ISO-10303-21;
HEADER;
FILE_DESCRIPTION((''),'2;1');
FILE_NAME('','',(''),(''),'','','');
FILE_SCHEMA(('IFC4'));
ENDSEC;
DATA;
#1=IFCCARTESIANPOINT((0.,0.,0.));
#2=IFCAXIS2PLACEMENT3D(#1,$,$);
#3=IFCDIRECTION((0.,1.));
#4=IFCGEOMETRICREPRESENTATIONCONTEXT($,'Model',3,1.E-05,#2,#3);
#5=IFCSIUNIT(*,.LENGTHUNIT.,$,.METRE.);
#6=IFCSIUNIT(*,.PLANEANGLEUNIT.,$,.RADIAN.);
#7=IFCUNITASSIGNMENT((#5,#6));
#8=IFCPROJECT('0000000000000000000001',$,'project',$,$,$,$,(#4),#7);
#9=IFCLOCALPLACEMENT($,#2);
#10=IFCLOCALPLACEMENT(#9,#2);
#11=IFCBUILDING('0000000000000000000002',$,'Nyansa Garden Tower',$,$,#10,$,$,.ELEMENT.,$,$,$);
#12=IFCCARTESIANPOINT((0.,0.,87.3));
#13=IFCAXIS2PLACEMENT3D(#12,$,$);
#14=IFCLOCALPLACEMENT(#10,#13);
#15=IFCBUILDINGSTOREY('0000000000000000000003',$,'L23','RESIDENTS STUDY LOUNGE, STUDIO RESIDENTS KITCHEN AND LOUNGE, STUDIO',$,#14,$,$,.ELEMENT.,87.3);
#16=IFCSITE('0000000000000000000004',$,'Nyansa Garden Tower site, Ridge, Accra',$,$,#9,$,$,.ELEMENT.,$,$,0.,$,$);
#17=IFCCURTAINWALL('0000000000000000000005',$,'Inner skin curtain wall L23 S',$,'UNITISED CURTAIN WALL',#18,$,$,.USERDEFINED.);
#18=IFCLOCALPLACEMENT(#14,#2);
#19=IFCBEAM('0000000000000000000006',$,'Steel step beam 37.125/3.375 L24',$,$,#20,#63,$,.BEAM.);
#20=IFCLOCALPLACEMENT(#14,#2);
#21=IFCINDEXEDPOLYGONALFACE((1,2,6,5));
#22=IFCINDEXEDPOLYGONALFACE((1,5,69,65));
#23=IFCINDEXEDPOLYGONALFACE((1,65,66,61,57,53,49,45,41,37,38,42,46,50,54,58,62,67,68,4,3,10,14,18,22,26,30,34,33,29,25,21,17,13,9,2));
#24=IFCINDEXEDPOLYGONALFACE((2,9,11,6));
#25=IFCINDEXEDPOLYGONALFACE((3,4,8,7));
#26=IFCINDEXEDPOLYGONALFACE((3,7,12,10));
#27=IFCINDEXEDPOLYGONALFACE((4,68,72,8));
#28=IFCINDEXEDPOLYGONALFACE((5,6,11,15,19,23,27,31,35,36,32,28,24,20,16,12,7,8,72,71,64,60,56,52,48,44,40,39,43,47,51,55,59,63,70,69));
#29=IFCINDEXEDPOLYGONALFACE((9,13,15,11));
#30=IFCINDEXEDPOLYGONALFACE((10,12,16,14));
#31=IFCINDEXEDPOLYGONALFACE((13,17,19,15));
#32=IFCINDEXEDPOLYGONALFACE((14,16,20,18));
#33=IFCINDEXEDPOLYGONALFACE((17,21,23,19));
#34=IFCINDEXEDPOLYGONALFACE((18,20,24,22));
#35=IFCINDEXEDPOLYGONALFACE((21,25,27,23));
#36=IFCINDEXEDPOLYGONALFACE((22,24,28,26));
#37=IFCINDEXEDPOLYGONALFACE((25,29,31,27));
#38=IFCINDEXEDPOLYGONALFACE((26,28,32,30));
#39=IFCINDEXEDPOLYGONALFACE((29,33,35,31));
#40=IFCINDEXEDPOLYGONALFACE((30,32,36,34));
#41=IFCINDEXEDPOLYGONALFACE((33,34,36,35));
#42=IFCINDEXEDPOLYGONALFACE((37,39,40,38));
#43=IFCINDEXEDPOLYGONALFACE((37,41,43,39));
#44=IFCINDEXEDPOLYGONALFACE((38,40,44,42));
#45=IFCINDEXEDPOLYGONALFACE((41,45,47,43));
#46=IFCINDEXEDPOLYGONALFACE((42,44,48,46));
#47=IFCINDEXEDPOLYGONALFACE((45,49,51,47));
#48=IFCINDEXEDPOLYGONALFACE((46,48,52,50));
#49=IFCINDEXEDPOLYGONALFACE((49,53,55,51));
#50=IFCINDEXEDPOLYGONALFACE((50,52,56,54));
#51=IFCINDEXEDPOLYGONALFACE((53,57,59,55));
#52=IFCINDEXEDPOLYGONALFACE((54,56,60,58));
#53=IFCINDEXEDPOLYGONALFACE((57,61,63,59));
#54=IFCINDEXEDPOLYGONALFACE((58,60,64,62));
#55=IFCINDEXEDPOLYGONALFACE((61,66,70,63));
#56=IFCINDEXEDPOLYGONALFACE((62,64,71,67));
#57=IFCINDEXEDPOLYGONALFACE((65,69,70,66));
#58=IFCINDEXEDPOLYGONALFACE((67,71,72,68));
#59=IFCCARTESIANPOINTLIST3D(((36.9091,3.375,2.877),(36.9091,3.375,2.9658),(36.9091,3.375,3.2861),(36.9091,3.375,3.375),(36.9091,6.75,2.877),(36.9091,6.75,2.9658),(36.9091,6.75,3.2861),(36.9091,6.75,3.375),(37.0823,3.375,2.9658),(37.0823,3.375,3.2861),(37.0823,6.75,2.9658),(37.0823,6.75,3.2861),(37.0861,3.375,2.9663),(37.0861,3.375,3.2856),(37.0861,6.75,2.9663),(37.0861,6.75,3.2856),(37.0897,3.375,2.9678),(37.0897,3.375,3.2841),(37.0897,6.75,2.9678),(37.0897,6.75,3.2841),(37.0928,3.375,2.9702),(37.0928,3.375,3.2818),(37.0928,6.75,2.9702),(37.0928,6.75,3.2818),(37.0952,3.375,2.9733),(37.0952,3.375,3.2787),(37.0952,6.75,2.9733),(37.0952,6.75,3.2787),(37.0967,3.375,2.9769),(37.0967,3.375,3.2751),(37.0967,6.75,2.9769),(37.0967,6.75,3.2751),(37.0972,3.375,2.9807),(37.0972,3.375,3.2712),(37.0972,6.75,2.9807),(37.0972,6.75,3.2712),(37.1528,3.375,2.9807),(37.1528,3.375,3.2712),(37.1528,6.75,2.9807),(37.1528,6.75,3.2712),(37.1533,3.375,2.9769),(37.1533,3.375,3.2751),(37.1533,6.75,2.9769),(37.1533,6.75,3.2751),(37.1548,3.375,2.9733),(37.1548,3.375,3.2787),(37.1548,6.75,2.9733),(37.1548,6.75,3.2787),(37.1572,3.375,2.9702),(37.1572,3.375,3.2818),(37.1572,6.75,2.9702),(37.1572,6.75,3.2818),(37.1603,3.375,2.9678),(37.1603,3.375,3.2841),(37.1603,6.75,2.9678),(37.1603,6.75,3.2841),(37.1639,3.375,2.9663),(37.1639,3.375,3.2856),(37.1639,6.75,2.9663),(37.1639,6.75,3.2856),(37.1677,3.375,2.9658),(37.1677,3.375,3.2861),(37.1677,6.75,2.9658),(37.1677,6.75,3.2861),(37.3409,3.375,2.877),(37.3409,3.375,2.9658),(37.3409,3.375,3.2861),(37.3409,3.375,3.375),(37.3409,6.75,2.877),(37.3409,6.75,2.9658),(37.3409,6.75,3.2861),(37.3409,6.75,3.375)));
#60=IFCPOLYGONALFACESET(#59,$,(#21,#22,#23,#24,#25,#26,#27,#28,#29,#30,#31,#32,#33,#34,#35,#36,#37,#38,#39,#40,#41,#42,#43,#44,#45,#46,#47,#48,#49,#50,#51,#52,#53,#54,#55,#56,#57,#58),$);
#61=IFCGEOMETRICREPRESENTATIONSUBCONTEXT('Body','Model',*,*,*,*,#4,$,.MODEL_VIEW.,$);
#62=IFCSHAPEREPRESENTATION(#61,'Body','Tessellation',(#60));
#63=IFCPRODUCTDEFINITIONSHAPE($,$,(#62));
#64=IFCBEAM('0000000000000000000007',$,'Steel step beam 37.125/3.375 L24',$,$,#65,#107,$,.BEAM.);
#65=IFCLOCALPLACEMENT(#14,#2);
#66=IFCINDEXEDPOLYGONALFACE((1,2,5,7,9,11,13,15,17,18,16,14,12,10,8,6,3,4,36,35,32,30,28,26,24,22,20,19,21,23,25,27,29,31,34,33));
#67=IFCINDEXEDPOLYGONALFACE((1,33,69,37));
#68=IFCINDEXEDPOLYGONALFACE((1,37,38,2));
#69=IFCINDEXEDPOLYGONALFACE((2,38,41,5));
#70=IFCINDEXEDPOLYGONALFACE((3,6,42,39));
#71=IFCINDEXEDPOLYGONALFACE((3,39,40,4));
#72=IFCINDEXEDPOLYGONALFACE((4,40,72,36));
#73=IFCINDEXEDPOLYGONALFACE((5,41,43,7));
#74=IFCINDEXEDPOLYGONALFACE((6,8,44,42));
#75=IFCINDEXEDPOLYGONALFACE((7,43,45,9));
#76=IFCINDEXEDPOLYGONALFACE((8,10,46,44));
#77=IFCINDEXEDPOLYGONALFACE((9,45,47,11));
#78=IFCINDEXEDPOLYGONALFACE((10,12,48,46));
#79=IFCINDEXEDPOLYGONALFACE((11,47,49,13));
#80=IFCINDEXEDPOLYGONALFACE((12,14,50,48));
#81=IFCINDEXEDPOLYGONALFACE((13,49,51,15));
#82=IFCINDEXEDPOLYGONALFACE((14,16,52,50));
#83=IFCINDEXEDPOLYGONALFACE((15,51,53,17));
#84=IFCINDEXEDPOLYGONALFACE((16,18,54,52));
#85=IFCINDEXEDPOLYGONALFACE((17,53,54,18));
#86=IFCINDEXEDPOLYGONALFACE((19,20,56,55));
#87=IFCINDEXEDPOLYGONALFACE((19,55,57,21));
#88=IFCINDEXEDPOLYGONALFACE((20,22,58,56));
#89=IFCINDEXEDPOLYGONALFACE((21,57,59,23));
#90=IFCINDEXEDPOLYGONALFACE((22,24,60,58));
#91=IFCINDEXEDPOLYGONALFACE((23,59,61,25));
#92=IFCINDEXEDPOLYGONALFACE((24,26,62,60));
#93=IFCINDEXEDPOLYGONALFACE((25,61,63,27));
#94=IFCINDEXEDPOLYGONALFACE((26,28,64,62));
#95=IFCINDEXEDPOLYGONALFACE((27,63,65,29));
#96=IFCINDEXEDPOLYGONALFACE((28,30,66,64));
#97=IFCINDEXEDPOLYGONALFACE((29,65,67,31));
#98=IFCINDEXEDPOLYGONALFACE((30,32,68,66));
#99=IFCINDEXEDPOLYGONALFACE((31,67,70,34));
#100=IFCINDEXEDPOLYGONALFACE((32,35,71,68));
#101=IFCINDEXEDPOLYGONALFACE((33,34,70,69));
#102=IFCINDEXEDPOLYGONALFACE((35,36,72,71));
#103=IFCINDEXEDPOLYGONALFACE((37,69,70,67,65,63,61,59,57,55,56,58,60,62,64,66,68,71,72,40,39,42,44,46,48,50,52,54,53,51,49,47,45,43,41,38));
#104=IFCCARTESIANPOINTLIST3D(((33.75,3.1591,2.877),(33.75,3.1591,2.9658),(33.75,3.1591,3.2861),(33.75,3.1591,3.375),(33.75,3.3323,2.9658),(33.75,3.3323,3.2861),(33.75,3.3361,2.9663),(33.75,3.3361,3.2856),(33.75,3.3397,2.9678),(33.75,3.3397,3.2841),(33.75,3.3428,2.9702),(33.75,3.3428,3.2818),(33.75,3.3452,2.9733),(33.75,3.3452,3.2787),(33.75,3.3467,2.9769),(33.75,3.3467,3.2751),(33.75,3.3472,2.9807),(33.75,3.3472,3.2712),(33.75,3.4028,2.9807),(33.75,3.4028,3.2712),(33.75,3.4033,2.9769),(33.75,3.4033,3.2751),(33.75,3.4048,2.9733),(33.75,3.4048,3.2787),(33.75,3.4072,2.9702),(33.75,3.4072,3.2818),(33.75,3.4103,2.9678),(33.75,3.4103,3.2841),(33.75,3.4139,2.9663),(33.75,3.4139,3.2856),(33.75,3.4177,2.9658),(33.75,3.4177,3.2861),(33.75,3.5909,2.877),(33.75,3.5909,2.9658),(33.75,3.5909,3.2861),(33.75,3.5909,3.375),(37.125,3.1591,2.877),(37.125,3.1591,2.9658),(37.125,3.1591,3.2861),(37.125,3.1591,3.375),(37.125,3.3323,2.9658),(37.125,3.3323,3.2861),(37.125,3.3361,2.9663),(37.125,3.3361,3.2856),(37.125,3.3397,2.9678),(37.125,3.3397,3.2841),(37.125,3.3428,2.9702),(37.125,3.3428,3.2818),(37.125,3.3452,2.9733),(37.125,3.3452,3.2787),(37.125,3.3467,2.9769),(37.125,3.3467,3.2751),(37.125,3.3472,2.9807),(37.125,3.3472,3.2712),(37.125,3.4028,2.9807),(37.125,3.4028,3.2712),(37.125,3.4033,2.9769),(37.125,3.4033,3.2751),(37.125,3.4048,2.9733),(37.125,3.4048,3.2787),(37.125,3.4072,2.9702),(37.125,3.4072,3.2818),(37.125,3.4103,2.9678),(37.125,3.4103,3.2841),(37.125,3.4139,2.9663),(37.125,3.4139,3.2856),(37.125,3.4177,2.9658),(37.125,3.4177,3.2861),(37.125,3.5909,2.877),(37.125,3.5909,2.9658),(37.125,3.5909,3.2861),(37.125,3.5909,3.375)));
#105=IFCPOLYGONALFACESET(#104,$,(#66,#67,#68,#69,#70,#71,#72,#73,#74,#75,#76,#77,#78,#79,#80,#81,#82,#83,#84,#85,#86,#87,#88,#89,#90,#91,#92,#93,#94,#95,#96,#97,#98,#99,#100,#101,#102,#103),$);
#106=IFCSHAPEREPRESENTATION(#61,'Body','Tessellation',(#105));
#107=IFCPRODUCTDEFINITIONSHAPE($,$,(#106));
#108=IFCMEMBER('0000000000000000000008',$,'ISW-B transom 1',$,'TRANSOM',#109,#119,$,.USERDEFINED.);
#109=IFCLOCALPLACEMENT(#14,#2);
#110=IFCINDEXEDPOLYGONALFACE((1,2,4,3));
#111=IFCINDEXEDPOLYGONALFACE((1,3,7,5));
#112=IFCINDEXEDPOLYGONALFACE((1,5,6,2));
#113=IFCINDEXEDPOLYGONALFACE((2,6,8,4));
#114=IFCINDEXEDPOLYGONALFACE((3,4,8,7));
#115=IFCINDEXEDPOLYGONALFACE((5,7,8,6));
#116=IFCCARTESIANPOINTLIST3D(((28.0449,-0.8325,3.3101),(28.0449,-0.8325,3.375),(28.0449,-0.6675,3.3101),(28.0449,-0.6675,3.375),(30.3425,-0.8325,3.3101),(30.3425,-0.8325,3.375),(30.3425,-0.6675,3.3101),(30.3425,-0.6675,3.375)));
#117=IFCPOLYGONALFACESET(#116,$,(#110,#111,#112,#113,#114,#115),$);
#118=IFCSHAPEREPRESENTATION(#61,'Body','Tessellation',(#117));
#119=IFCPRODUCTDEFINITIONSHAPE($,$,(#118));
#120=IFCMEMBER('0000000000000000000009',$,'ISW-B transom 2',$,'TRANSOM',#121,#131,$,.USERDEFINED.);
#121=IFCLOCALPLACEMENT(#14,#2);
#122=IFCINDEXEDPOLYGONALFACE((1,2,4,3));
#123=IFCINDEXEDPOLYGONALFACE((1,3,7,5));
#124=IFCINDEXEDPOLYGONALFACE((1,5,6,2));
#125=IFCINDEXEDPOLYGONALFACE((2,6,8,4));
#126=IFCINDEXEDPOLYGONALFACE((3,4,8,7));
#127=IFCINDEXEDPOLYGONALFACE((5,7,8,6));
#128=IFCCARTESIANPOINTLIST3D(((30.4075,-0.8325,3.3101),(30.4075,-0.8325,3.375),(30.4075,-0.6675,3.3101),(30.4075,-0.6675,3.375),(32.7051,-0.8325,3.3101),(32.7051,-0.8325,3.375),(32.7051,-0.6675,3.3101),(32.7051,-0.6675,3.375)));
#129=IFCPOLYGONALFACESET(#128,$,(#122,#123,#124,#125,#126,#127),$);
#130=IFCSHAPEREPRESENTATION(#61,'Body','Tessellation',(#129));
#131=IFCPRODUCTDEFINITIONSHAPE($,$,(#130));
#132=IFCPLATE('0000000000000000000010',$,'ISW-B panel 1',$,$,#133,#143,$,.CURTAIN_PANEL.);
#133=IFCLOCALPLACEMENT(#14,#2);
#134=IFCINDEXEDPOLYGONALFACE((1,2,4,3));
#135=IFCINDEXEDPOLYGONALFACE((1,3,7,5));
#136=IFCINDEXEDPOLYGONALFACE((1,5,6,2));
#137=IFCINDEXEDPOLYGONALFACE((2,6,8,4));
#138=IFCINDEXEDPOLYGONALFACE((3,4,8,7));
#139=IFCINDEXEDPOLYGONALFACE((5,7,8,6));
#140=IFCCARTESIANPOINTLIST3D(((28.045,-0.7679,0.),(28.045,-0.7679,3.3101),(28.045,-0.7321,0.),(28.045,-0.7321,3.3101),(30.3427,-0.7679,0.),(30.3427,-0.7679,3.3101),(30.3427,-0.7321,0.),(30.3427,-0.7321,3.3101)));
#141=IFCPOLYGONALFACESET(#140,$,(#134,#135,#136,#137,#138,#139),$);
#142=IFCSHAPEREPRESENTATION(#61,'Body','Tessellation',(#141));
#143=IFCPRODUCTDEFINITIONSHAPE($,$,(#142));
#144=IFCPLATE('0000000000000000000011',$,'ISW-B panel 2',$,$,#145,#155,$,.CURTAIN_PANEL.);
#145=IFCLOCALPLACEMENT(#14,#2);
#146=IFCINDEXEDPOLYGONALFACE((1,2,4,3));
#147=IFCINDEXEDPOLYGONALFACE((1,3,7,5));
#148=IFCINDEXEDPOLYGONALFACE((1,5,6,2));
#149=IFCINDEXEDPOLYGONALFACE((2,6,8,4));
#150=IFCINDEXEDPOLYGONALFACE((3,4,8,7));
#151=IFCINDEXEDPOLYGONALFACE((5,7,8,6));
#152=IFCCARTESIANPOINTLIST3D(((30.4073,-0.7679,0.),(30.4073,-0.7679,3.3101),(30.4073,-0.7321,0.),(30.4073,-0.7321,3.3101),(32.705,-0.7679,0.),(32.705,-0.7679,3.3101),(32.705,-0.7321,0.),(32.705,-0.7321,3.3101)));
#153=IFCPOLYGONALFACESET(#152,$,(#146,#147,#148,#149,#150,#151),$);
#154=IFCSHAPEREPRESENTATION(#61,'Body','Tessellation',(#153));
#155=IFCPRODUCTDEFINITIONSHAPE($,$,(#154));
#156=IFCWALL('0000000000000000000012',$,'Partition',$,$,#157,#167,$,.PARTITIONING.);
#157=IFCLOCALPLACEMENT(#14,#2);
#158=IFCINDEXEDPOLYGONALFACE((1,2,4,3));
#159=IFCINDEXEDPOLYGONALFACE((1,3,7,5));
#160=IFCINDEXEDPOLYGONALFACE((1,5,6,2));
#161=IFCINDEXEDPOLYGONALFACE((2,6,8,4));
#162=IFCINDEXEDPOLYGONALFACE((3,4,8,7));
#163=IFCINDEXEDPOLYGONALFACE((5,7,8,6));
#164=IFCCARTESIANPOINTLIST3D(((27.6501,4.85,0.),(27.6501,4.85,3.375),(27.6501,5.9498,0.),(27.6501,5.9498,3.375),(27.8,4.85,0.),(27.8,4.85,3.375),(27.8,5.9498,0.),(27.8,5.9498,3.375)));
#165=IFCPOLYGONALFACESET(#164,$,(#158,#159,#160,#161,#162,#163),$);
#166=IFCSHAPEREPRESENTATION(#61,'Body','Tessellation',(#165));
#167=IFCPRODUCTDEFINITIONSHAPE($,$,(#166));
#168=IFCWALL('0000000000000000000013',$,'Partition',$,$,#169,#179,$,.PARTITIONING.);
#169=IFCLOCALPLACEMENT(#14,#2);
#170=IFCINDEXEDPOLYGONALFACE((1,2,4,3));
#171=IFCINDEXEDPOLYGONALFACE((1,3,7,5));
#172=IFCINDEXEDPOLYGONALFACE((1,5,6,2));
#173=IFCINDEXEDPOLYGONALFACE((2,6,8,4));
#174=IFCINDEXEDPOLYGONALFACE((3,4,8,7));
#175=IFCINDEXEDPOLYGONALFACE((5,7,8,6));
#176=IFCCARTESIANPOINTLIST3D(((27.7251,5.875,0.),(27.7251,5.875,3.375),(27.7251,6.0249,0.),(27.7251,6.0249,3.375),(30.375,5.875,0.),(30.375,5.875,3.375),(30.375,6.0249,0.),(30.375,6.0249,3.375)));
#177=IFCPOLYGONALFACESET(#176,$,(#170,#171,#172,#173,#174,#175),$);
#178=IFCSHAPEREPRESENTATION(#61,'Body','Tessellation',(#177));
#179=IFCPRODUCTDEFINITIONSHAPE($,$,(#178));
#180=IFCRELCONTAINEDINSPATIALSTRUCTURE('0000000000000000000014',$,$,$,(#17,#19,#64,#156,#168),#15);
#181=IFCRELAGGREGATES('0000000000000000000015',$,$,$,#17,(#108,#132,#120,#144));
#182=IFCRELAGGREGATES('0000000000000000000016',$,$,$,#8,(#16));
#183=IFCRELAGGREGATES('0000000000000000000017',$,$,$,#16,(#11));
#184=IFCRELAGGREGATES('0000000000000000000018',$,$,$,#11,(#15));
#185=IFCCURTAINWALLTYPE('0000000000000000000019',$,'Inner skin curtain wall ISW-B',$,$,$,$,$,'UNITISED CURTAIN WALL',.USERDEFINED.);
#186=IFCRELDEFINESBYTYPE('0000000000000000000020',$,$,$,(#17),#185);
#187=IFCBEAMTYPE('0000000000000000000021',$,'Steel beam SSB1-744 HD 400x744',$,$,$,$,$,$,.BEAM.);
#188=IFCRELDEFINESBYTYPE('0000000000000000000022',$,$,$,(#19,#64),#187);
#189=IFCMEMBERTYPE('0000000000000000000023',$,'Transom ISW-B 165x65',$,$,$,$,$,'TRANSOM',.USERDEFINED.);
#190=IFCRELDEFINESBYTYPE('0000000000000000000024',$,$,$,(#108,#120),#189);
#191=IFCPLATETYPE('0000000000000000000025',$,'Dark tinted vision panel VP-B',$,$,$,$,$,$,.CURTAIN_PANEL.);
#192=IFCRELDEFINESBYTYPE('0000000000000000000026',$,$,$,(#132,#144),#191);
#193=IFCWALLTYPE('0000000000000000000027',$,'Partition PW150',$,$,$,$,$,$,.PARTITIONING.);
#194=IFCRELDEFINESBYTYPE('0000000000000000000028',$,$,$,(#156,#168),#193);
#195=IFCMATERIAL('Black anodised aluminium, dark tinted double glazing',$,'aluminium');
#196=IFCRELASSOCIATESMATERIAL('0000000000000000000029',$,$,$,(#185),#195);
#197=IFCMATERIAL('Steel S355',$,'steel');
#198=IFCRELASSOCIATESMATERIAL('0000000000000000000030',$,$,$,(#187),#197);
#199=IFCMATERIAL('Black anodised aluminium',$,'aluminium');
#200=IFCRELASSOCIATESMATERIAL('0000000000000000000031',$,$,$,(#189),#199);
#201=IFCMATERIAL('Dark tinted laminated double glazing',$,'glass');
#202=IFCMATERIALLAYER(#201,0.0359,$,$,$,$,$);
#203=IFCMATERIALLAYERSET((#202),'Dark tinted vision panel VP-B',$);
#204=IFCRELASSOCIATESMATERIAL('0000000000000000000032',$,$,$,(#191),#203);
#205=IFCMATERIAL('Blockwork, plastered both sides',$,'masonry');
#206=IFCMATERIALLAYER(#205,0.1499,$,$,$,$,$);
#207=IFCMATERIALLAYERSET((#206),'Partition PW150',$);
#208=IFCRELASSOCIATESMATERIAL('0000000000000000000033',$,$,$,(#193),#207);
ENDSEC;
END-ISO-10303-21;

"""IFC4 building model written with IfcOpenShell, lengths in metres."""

from ifc_helpers import new_model, si_unit, direction, frame, frame_2d, origin, origin_2d, place, context, subcontext, project, spatial, rectangle, i_section, extrude, material, layer, layer_set, material_profile, profile_set, type_object, element, aggregate, save


model = new_model("IFC4")

# Units and contexts
model_context = context("Model", 3, precision=1e-05, world=origin(), true_north=direction((0.0, 1.0)))
body_context = subcontext(model_context, "Body", "Model", "MODEL_VIEW")
ifc_project = project(units=[si_unit("LENGTHUNIT", "METRE"), si_unit("PLANEANGLEUNIT", "RADIAN")], contexts=[model_context])

# Site, building, storey
site_placement = place(None, origin())
site = spatial("IfcSite", under=ifc_project, at=site_placement, Name="Nyansa Garden Tower site, Ridge, Accra", CompositionType="ELEMENT", RefElevation=0.0)
building_placement = place(site_placement, origin())
building = spatial("IfcBuilding", under=site, at=building_placement, Name="Nyansa Garden Tower", CompositionType="ELEMENT")
storey_placement = place(building_placement, frame((0.0, 0.0, 87.3)))
storey = spatial("IfcBuildingStorey", under=building, at=storey_placement, Name="L23", Description="RESIDENTS STUDY LOUNGE, STUDIO RESIDENTS KITCHEN AND LOUNGE, STUDIO", CompositionType="ELEMENT", Elevation=87.3)

# Curtain wall
ifc_material_1 = material(Name="Black anodised aluminium, dark tinted double glazing", Category="aluminium")
curtain_wall_type = type_object("IfcCurtainWallType", Name="Inner skin curtain wall ISW-B", ElementType="UNITISED CURTAIN WALL", PredefinedType="USERDEFINED", material=ifc_material_1)
curtain_wall_placement = place(storey_placement, origin())
curtain_wall = element("IfcCurtainWall", 1, at=curtain_wall_placement, inside=storey, type_object=curtain_wall_type, Name="Inner skin curtain wall L23 S", ObjectType="UNITISED CURTAIN WALL", PredefinedType="USERDEFINED")

# Beams
ifc_material_2 = material(Name="Steel S355", Category="steel")
ifc_material_profile_1 = material_profile(ifc_material_2, i_section(OverallWidth=0.4319, OverallDepth=0.498, WebThickness=0.0557, FlangeThickness=0.0889, FilletRadius=0.0149, at=origin_2d()), Name="HD 400x744")
ifc_profile_set_1 = profile_set([ifc_material_profile_1], Name="Steel S355")
beam_type_1 = type_object("IfcBeamType", Name="Steel beam SSB1-744 HD 400x744", PredefinedType="BEAM", material=ifc_profile_set_1)
for number, where, z_axis, x_axis, name in (
    (2, (37.125, 3.375, 3.126), (0.0, 1.0, 0.0), (-1.0, 0.0, 0.0), "Steel step beam 37.125/3.375 L24"),
    (3, (37.125, 3.375, 3.126), (-1.0, 0.0, 0.0), (0.0, -1.0, 0.0), "Steel step beam 37.125/3.375 L24"),
):
    element("IfcBeam", number, at=place(storey_placement, frame(where, z_axis=z_axis, x_axis=x_axis)), inside=storey, type_object=beam_type_1, Name=name, PredefinedType="BEAM", context=body_context, shape_type="SweptSolid", body=[
        extrude(i_section(OverallWidth=0.4319, OverallDepth=0.498, WebThickness=0.0557, FlangeThickness=0.0889, FilletRadius=0.0149, at=origin_2d()), origin(), (0.0, 0.0, 1.0), 3.375),
    ])

# Members
ifc_material_3 = material(Name="Black anodised aluminium", Category="aluminium")
ifc_material_profile_2 = material_profile(ifc_material_3, rectangle(XDim=0.165, YDim=0.0649, at=origin_2d()), Name="Transom 165x65")
ifc_profile_set_2 = profile_set([ifc_material_profile_2], Name="Black anodised aluminium")
member_type_1 = type_object("IfcMemberType", Name="Transom ISW-B 165x65", ElementType="TRANSOM", PredefinedType="USERDEFINED", material=ifc_profile_set_2)
member_1_placement = place(storey_placement, frame((28.0449, -0.75, 3.3425), z_axis=(1.0, 0.0, 0.0), x_axis=(0.0, 1.0, 0.0)))
member_1 = element("IfcMember", 4, at=member_1_placement, type_object=member_type_1, Name="ISW-B transom 1", ObjectType="TRANSOM", PredefinedType="USERDEFINED", context=body_context, shape_type="SweptSolid", body=[
    extrude(rectangle(XDim=0.165, YDim=0.0649, at=origin_2d()), origin(), (0.0, 0.0, 1.0), 2.2976),
])
member_2_placement = place(storey_placement, frame((30.4075, -0.75, 3.3425), z_axis=(1.0, 0.0, 0.0), x_axis=(0.0, 1.0, 0.0)))
member_2 = element("IfcMember", 5, at=member_2_placement, type_object=member_type_1, Name="ISW-B transom 2", ObjectType="TRANSOM", PredefinedType="USERDEFINED", context=body_context, shape_type="SweptSolid", body=[
    extrude(rectangle(XDim=0.165, YDim=0.0649, at=origin_2d()), origin(), (0.0, 0.0, 1.0), 2.2976),
])

# Plates
ifc_material_4 = material(Name="Dark tinted laminated double glazing", Category="glass")
ifc_layer_1 = layer(ifc_material_4, 0.0359)
ifc_layer_set_1 = layer_set([ifc_layer_1], Name="Dark tinted vision panel VP-B")
plate_type = type_object("IfcPlateType", Name="Dark tinted vision panel VP-B", PredefinedType="CURTAIN_PANEL", material=ifc_layer_set_1)
plate_1_placement = place(storey_placement, frame((29.1938, -0.75, 0.0), z_axis=(0.0, 0.0, 1.0), x_axis=(1.0, 0.0, 0.0)))
plate_1 = element("IfcPlate", 6, at=plate_1_placement, type_object=plate_type, Name="ISW-B panel 1", PredefinedType="CURTAIN_PANEL", context=body_context, shape_type="SweptSolid", body=[
    extrude(rectangle(XDim=2.2976, YDim=0.0359, at=origin_2d()), origin(), (0.0, 0.0, 1.0), 3.3101),
])
plate_2_placement = place(storey_placement, frame((31.5562, -0.75, 0.0), z_axis=(0.0, 0.0, 1.0), x_axis=(1.0, 0.0, 0.0)))
plate_2 = element("IfcPlate", 7, at=plate_2_placement, type_object=plate_type, Name="ISW-B panel 2", PredefinedType="CURTAIN_PANEL", context=body_context, shape_type="SweptSolid", body=[
    extrude(rectangle(XDim=2.2976, YDim=0.0359, at=origin_2d()), origin(), (0.0, 0.0, 1.0), 3.3101),
])
aggregate(curtain_wall, [member_1, plate_1, member_2, plate_2])

# Walls
ifc_material_5 = material(Name="Blockwork, plastered both sides", Category="masonry")
ifc_layer_2 = layer(ifc_material_5, 0.1499)
ifc_layer_set_2 = layer_set([ifc_layer_2], Name="Partition PW150")
wall_type_1 = type_object("IfcWallType", Name="Partition PW150", PredefinedType="PARTITIONING", material=ifc_layer_set_2)
wall_1_placement = place(storey_placement, frame((27.7251, 4.8501, 0.0), z_axis=(0.0, 0.0, 1.0), x_axis=(0.0, 1.0, 0.0)))
element("IfcWall", 8, at=wall_1_placement, inside=storey, type_object=wall_type_1, Name="Partition", PredefinedType="PARTITIONING", context=body_context, shape_type="SweptSolid", body=[
    extrude(rectangle(XDim=1.0999, YDim=0.1499, at=frame_2d((0.5498, 0.0))), origin(), (0.0, 0.0, 1.0), 3.375),
])
wall_2_placement = place(storey_placement, frame((27.7251, 5.95, 0.0), z_axis=(0.0, 0.0, 1.0), x_axis=(1.0, 0.0, 0.0)))
element("IfcWall", 9, at=wall_2_placement, inside=storey, type_object=wall_type_1, Name="Partition", PredefinedType="PARTITIONING", context=body_context, shape_type="SweptSolid", body=[
    extrude(rectangle(XDim=2.6499, YDim=0.1499, at=frame_2d((1.325, 0.0))), origin(), (0.0, 0.0, 1.0), 3.375),
])

save(model, "model.ifc")
